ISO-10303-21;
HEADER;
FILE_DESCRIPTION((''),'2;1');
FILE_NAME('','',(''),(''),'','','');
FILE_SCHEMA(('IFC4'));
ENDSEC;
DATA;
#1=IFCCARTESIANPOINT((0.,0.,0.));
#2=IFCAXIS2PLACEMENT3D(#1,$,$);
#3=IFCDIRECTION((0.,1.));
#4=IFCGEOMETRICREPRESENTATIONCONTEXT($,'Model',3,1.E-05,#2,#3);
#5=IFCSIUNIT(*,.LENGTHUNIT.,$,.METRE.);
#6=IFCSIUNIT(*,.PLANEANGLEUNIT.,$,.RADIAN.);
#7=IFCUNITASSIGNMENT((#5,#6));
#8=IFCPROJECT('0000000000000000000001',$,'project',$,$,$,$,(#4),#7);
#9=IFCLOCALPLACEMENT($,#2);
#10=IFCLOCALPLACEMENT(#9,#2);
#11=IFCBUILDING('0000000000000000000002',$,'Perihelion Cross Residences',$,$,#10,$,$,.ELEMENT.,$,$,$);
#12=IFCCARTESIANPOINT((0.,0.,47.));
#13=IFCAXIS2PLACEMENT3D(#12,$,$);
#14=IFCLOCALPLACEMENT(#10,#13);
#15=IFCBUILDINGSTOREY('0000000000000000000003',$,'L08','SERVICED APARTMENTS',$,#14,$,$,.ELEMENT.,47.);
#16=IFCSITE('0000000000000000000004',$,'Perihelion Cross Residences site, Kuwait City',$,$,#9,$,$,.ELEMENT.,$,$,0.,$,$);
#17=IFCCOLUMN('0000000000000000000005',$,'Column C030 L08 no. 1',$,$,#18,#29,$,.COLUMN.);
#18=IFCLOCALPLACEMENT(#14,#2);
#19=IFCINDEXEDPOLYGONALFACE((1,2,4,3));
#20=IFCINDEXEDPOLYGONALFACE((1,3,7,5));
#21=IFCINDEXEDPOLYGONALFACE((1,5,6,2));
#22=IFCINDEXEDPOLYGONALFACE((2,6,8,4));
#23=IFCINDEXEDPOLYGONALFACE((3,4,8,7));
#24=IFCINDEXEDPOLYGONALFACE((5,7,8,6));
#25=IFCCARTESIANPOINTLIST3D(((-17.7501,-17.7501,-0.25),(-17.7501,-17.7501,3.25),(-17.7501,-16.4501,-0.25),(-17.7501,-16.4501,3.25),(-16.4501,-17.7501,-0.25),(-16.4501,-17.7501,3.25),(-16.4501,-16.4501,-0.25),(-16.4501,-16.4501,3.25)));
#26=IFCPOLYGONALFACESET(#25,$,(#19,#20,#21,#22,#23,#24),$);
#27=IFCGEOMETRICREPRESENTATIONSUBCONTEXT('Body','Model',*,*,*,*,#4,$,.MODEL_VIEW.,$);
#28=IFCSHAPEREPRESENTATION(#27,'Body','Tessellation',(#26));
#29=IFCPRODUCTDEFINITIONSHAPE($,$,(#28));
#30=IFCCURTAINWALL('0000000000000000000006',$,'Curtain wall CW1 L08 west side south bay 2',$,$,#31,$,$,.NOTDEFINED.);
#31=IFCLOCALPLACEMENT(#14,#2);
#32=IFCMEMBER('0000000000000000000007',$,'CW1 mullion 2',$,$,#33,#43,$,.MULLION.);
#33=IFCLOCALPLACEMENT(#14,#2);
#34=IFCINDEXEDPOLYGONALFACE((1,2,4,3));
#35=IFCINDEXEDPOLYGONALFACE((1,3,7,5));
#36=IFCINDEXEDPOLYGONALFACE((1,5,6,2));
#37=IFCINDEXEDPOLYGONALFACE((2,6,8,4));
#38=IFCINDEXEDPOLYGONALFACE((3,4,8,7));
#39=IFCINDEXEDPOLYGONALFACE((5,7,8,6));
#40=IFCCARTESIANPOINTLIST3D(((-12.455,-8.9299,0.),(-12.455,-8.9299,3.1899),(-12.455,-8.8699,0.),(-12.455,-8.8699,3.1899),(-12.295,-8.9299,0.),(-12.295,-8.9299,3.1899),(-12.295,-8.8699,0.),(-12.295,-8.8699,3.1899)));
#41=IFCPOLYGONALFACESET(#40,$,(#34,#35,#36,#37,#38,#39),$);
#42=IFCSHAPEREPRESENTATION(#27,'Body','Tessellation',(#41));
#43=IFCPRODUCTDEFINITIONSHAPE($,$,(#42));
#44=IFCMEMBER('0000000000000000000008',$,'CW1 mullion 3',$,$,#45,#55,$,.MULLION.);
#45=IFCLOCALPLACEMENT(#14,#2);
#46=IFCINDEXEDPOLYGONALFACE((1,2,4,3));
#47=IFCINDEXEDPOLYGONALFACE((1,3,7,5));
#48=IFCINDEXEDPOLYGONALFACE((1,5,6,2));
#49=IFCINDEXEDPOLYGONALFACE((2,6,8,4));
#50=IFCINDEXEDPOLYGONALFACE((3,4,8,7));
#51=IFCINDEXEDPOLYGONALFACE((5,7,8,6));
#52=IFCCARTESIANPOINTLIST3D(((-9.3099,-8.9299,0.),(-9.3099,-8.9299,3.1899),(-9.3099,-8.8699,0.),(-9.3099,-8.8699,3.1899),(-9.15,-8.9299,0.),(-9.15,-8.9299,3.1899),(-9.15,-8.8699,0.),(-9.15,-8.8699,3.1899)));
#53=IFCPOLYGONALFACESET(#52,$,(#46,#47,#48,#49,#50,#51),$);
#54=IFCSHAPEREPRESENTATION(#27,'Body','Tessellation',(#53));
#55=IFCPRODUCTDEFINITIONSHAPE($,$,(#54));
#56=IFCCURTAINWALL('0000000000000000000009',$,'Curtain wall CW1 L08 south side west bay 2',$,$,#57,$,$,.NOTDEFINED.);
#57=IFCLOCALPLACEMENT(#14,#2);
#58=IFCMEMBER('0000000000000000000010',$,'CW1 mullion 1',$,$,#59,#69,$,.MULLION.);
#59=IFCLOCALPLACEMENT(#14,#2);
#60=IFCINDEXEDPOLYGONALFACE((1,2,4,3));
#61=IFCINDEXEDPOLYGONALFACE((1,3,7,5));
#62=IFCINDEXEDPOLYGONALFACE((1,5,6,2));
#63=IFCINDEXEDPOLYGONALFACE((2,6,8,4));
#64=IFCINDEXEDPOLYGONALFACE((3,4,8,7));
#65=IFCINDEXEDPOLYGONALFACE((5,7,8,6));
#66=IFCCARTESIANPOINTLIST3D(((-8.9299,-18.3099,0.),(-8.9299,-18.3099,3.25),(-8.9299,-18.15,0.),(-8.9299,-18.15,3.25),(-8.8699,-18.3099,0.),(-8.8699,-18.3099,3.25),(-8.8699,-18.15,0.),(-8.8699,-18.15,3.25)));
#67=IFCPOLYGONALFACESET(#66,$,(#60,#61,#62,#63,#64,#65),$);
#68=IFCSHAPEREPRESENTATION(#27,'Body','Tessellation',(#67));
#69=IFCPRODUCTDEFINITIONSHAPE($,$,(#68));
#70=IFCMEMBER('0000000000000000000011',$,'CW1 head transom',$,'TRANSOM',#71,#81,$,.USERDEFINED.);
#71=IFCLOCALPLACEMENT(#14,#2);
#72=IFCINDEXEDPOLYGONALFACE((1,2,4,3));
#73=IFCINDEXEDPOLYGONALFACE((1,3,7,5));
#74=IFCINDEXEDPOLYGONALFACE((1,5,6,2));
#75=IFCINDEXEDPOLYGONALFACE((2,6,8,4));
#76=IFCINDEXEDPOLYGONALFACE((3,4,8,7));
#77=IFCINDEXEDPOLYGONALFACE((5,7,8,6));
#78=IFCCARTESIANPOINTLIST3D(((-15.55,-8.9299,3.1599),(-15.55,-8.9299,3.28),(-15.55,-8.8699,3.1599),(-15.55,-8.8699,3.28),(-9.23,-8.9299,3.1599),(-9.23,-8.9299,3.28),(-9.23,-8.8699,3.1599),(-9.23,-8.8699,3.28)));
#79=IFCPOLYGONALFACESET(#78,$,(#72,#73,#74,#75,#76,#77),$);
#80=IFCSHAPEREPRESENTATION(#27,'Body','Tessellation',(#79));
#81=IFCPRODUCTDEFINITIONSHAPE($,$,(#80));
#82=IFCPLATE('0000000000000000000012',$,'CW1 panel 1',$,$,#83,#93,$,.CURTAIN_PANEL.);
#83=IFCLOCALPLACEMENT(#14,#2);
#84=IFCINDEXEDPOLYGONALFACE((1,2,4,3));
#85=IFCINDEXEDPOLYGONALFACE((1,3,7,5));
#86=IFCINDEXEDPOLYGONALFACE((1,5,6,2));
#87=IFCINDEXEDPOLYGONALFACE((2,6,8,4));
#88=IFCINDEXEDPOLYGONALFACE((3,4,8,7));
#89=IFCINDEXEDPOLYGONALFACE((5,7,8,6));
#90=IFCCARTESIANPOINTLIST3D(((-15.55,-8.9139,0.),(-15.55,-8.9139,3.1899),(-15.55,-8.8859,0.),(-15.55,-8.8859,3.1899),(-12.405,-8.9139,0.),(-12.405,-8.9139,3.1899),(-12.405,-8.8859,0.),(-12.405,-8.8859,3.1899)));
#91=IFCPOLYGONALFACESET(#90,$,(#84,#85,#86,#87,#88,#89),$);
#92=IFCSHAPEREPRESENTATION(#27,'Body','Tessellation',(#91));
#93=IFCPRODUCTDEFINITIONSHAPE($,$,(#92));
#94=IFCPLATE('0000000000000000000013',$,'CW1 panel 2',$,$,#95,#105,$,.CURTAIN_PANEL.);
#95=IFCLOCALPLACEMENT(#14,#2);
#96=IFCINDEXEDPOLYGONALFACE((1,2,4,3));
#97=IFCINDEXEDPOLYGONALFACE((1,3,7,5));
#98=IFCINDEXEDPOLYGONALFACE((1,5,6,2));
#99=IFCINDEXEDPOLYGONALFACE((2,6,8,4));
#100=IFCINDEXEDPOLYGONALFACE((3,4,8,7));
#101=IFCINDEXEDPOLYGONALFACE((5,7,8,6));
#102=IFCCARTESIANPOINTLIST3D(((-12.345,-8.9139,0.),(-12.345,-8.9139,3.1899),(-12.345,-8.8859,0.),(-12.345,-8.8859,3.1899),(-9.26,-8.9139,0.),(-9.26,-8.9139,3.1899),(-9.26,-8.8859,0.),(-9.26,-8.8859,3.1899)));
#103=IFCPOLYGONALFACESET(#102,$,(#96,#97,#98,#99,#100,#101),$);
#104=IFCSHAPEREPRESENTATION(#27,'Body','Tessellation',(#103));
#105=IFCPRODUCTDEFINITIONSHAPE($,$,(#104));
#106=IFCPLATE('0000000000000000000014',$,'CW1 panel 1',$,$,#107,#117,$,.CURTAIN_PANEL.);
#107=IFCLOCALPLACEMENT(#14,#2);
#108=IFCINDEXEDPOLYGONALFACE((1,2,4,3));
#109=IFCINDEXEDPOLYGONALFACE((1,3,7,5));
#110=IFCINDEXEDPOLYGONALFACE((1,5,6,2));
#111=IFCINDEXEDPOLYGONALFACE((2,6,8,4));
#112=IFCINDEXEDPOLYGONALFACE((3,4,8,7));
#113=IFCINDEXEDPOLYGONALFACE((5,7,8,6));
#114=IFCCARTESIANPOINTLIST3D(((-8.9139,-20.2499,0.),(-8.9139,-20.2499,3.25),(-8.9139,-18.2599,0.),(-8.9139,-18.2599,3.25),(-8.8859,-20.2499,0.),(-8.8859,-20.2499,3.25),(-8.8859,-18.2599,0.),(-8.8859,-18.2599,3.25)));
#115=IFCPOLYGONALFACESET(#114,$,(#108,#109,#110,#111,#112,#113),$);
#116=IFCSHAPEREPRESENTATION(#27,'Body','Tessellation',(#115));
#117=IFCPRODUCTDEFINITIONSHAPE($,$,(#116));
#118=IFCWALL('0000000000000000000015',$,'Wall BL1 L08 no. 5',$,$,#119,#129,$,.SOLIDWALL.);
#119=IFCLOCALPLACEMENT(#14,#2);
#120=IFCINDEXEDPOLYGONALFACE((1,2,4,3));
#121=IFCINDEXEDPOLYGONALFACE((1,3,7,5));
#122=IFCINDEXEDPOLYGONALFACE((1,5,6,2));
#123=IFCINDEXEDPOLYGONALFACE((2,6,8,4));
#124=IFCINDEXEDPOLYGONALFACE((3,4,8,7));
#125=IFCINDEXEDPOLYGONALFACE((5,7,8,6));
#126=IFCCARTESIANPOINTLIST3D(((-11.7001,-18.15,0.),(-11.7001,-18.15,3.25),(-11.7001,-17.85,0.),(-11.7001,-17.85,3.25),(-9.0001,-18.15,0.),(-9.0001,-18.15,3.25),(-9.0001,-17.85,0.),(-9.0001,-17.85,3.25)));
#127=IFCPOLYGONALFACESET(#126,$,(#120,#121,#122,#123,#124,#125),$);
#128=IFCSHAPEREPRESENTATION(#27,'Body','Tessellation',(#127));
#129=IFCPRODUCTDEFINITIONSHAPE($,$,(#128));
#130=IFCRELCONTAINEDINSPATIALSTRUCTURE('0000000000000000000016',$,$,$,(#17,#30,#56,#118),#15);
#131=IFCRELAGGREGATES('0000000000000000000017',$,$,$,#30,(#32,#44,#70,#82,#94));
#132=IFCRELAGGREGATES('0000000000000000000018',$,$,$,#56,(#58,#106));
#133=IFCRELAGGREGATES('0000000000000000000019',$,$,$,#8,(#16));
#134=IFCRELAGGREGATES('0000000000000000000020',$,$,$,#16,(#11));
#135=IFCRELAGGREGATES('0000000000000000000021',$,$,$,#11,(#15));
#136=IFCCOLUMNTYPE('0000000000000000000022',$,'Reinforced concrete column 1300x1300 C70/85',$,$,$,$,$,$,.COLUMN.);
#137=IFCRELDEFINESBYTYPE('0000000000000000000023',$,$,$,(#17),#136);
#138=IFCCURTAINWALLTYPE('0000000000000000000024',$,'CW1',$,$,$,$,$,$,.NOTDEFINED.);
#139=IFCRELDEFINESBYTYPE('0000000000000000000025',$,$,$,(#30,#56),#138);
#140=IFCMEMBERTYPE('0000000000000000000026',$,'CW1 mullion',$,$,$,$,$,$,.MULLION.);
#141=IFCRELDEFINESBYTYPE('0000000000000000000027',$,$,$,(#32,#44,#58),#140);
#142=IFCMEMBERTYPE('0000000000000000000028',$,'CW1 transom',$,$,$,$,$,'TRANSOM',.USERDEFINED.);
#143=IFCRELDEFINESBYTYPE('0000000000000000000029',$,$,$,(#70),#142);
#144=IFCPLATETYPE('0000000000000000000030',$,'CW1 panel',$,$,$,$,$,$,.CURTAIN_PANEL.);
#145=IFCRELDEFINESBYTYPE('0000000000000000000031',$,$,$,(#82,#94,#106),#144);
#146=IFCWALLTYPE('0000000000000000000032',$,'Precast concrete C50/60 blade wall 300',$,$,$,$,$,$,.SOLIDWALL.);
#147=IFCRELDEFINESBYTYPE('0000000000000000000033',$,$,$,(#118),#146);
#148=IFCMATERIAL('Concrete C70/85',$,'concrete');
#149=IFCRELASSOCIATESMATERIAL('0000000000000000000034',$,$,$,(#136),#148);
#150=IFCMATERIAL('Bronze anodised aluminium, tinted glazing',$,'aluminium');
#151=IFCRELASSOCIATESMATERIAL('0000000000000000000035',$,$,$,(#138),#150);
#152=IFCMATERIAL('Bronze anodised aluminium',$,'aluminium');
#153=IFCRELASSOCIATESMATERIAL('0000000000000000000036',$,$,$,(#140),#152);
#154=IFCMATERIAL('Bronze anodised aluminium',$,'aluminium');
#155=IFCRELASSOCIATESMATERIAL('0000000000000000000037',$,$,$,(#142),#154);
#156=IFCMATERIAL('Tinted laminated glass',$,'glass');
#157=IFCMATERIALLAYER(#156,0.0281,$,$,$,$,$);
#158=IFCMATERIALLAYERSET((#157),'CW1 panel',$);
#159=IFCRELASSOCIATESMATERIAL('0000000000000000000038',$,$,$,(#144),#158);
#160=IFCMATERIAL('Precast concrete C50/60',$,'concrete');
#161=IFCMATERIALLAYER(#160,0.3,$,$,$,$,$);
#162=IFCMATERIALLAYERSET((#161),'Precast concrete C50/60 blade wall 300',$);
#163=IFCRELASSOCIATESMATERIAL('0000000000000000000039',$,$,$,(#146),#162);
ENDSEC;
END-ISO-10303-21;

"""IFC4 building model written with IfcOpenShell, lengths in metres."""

from ifc_helpers import new_model, si_unit, direction, frame, frame_2d, origin, origin_2d, place, context, subcontext, project, spatial, rectangle, extrude, material, layer, layer_set, material_profile, profile_set, type_object, element, aggregate, save


model = new_model("IFC4")

# Units and contexts
model_context = context("Model", 3, precision=1e-05, world=origin(), true_north=direction((0.0, 1.0)))
body_context = subcontext(model_context, "Body", "Model", "MODEL_VIEW")
ifc_project = project(units=[si_unit("LENGTHUNIT", "METRE"), si_unit("PLANEANGLEUNIT", "RADIAN")], contexts=[model_context])

# Site, building, storey
site_placement = place(None, origin())
site = spatial("IfcSite", under=ifc_project, at=site_placement, Name="Perihelion Cross Residences site, Kuwait City", CompositionType="ELEMENT", RefElevation=0.0)
building_placement = place(site_placement, origin())
building = spatial("IfcBuilding", under=site, at=building_placement, Name="Perihelion Cross Residences", CompositionType="ELEMENT")
storey_placement = place(building_placement, frame((0.0, 0.0, 47.0)))
storey = spatial("IfcBuildingStorey", under=building, at=storey_placement, Name="L08", Description="SERVICED APARTMENTS", CompositionType="ELEMENT", Elevation=47.0)

# Column
ifc_material_1 = material(Name="Concrete C70/85", Category="concrete")
ifc_material_profile_1 = material_profile(ifc_material_1, rectangle(XDim=1.3, YDim=1.3, at=origin_2d()), Name="RC 1300x1300")
ifc_profile_set_1 = profile_set([ifc_material_profile_1], Name="Concrete C70/85")
column_type = type_object("IfcColumnType", Name="Reinforced concrete column 1300x1300 C70/85", PredefinedType="COLUMN", material=ifc_profile_set_1)
column_placement = place(storey_placement, frame((-17.1001, -17.1001, -0.25), z_axis=(0.0, 0.0, 1.0), x_axis=(1.0, 0.0, 0.0)))
element("IfcColumn", 1, at=column_placement, inside=storey, type_object=column_type, Name="Column C030 L08 no. 1", PredefinedType="COLUMN", context=body_context, shape_type="SweptSolid", body=[
    extrude(rectangle(XDim=1.3, YDim=1.3, at=origin_2d()), origin(), (0.0, 0.0, 1.0), 3.5),
])

# Curtain wall, members
ifc_material_2 = material(Name="Bronze anodised aluminium, tinted glazing", Category="aluminium")
curtain_wall_type = type_object("IfcCurtainWallType", Name="CW1", PredefinedType="NOTDEFINED", material=ifc_material_2)
curtain_wall_1_placement = place(storey_placement, origin())
curtain_wall_1 = element("IfcCurtainWall", 2, at=curtain_wall_1_placement, inside=storey, type_object=curtain_wall_type, Name="Curtain wall CW1 L08 west side south bay 2", PredefinedType="NOTDEFINED")
ifc_material_3 = material(Name="Bronze anodised aluminium", Category="aluminium")
ifc_material_profile_2 = material_profile(ifc_material_3, rectangle(XDim=0.0601, YDim=0.1599, at=origin_2d()), Name="CW1 mullion")
ifc_profile_set_2 = profile_set([ifc_material_profile_2], Name="Bronze anodised aluminium")
member_type_1 = type_object("IfcMemberType", Name="CW1 mullion", PredefinedType="MULLION", material=ifc_profile_set_2)
member_1_placement = place(storey_placement, frame((-12.375, -8.8999, 0.0), z_axis=(0.0, 0.0, 1.0), x_axis=(0.0, 1.0, 0.0)))
member_1 = element("IfcMember", 3, at=member_1_placement, type_object=member_type_1, Name="CW1 mullion 2", PredefinedType="MULLION", context=body_context, shape_type="SweptSolid", body=[
    extrude(rectangle(XDim=0.0601, YDim=0.1599, at=origin_2d()), origin(), (0.0, 0.0, 1.0), 3.1899),
])
member_2_placement = place(storey_placement, frame((-9.23, -8.8999, 0.0), z_axis=(0.0, 0.0, 1.0), x_axis=(0.0, 1.0, 0.0)))
member_2 = element("IfcMember", 4, at=member_2_placement, type_object=member_type_1, Name="CW1 mullion 3", PredefinedType="MULLION", context=body_context, shape_type="SweptSolid", body=[
    extrude(rectangle(XDim=0.0601, YDim=0.1599, at=origin_2d()), origin(), (0.0, 0.0, 1.0), 3.1899),
])

# Curtain wall, member
curtain_wall_2_placement = place(storey_placement, origin())
curtain_wall_2 = element("IfcCurtainWall", 5, at=curtain_wall_2_placement, inside=storey, type_object=curtain_wall_type, Name="Curtain wall CW1 L08 south side west bay 2", PredefinedType="NOTDEFINED")
member_3_placement = place(storey_placement, frame((-8.8999, -18.23, 0.0), z_axis=(0.0, 0.0, 1.0), x_axis=(1.0, 0.0, 0.0)))
member_3 = element("IfcMember", 6, at=member_3_placement, type_object=member_type_1, Name="CW1 mullion 1", PredefinedType="MULLION", context=body_context, shape_type="SweptSolid", body=[
    extrude(rectangle(XDim=0.0601, YDim=0.1599, at=origin_2d()), origin(), (0.0, 0.0, 1.0), 3.25),
])

# Member
ifc_material_4 = material(Name="Bronze anodised aluminium", Category="aluminium")
ifc_material_profile_3 = material_profile(ifc_material_4, rectangle(XDim=0.0601, YDim=0.1201, at=origin_2d()), Name="CW1 transom")
ifc_profile_set_3 = profile_set([ifc_material_profile_3], Name="Bronze anodised aluminium")
member_type_2 = type_object("IfcMemberType", Name="CW1 transom", ElementType="TRANSOM", PredefinedType="USERDEFINED", material=ifc_profile_set_3)
member_4_placement = place(storey_placement, frame((-15.55, -8.8999, 3.22), z_axis=(1.0, 0.0, 0.0), x_axis=(0.0, 1.0, 0.0)))
member_4 = element("IfcMember", 7, at=member_4_placement, type_object=member_type_2, Name="CW1 head transom", ObjectType="TRANSOM", PredefinedType="USERDEFINED", context=body_context, shape_type="SweptSolid", body=[
    extrude(rectangle(XDim=0.0601, YDim=0.1201, at=origin_2d()), origin(), (0.0, 0.0, 1.0), 6.3201),
])

# Plates
ifc_material_5 = material(Name="Tinted laminated glass", Category="glass")
ifc_layer_1 = layer(ifc_material_5, 0.0281)
ifc_layer_set_1 = layer_set([ifc_layer_1], Name="CW1 panel")
plate_type = type_object("IfcPlateType", Name="CW1 panel", PredefinedType="CURTAIN_PANEL", material=ifc_layer_set_1)
plate_1_placement = place(storey_placement, frame((-13.9775, -8.8999, 0.0), z_axis=(0.0, 0.0, 1.0), x_axis=(1.0, 0.0, 0.0)))
plate_1 = element("IfcPlate", 8, at=plate_1_placement, type_object=plate_type, Name="CW1 panel 1", PredefinedType="CURTAIN_PANEL", context=body_context, shape_type="SweptSolid", body=[
    extrude(rectangle(XDim=3.145, YDim=0.0281, at=origin_2d()), origin(), (0.0, 0.0, 1.0), 3.1899),
])
plate_2_placement = place(storey_placement, frame((-10.8025, -8.8999, 0.0), z_axis=(0.0, 0.0, 1.0), x_axis=(1.0, 0.0, 0.0)))
plate_2 = element("IfcPlate", 9, at=plate_2_placement, type_object=plate_type, Name="CW1 panel 2", PredefinedType="CURTAIN_PANEL", context=body_context, shape_type="SweptSolid", body=[
    extrude(rectangle(XDim=3.085, YDim=0.0281, at=origin_2d()), origin(), (0.0, 0.0, 1.0), 3.1899),
])
aggregate(curtain_wall_1, [member_1, member_2, member_4, plate_1, plate_2])
plate_3_placement = place(storey_placement, frame((-8.8999, -19.2549, 0.0), z_axis=(0.0, 0.0, 1.0), x_axis=(0.0, -1.0, 0.0)))
plate_3 = element("IfcPlate", 10, at=plate_3_placement, type_object=plate_type, Name="CW1 panel 1", PredefinedType="CURTAIN_PANEL", context=body_context, shape_type="SweptSolid", body=[
    extrude(rectangle(XDim=1.99, YDim=0.0281, at=origin_2d()), origin(), (0.0, 0.0, 1.0), 3.25),
])
aggregate(curtain_wall_2, [member_3, plate_3])

# Wall
ifc_material_6 = material(Name="Precast concrete C50/60", Category="concrete")
ifc_layer_2 = layer(ifc_material_6, 0.3)
ifc_layer_set_2 = layer_set([ifc_layer_2], Name="Precast concrete C50/60 blade wall 300")
wall_type = type_object("IfcWallType", Name="Precast concrete C50/60 blade wall 300", PredefinedType="SOLIDWALL", material=ifc_layer_set_2)
wall_placement = place(storey_placement, frame((-9.0, -18.0, 0.0), z_axis=(0.0, 0.0, 1.0), x_axis=(-1.0, 0.0, 0.0)))
element("IfcWall", 11, at=wall_placement, inside=storey, type_object=wall_type, Name="Wall BL1 L08 no. 5", PredefinedType="SOLIDWALL", context=body_context, shape_type="SweptSolid", body=[
    extrude(rectangle(XDim=2.7, YDim=0.3, at=frame_2d((1.3501, 0.0))), origin(), (0.0, 0.0, 1.0), 3.25),
])

save(model, "model.ifc")
